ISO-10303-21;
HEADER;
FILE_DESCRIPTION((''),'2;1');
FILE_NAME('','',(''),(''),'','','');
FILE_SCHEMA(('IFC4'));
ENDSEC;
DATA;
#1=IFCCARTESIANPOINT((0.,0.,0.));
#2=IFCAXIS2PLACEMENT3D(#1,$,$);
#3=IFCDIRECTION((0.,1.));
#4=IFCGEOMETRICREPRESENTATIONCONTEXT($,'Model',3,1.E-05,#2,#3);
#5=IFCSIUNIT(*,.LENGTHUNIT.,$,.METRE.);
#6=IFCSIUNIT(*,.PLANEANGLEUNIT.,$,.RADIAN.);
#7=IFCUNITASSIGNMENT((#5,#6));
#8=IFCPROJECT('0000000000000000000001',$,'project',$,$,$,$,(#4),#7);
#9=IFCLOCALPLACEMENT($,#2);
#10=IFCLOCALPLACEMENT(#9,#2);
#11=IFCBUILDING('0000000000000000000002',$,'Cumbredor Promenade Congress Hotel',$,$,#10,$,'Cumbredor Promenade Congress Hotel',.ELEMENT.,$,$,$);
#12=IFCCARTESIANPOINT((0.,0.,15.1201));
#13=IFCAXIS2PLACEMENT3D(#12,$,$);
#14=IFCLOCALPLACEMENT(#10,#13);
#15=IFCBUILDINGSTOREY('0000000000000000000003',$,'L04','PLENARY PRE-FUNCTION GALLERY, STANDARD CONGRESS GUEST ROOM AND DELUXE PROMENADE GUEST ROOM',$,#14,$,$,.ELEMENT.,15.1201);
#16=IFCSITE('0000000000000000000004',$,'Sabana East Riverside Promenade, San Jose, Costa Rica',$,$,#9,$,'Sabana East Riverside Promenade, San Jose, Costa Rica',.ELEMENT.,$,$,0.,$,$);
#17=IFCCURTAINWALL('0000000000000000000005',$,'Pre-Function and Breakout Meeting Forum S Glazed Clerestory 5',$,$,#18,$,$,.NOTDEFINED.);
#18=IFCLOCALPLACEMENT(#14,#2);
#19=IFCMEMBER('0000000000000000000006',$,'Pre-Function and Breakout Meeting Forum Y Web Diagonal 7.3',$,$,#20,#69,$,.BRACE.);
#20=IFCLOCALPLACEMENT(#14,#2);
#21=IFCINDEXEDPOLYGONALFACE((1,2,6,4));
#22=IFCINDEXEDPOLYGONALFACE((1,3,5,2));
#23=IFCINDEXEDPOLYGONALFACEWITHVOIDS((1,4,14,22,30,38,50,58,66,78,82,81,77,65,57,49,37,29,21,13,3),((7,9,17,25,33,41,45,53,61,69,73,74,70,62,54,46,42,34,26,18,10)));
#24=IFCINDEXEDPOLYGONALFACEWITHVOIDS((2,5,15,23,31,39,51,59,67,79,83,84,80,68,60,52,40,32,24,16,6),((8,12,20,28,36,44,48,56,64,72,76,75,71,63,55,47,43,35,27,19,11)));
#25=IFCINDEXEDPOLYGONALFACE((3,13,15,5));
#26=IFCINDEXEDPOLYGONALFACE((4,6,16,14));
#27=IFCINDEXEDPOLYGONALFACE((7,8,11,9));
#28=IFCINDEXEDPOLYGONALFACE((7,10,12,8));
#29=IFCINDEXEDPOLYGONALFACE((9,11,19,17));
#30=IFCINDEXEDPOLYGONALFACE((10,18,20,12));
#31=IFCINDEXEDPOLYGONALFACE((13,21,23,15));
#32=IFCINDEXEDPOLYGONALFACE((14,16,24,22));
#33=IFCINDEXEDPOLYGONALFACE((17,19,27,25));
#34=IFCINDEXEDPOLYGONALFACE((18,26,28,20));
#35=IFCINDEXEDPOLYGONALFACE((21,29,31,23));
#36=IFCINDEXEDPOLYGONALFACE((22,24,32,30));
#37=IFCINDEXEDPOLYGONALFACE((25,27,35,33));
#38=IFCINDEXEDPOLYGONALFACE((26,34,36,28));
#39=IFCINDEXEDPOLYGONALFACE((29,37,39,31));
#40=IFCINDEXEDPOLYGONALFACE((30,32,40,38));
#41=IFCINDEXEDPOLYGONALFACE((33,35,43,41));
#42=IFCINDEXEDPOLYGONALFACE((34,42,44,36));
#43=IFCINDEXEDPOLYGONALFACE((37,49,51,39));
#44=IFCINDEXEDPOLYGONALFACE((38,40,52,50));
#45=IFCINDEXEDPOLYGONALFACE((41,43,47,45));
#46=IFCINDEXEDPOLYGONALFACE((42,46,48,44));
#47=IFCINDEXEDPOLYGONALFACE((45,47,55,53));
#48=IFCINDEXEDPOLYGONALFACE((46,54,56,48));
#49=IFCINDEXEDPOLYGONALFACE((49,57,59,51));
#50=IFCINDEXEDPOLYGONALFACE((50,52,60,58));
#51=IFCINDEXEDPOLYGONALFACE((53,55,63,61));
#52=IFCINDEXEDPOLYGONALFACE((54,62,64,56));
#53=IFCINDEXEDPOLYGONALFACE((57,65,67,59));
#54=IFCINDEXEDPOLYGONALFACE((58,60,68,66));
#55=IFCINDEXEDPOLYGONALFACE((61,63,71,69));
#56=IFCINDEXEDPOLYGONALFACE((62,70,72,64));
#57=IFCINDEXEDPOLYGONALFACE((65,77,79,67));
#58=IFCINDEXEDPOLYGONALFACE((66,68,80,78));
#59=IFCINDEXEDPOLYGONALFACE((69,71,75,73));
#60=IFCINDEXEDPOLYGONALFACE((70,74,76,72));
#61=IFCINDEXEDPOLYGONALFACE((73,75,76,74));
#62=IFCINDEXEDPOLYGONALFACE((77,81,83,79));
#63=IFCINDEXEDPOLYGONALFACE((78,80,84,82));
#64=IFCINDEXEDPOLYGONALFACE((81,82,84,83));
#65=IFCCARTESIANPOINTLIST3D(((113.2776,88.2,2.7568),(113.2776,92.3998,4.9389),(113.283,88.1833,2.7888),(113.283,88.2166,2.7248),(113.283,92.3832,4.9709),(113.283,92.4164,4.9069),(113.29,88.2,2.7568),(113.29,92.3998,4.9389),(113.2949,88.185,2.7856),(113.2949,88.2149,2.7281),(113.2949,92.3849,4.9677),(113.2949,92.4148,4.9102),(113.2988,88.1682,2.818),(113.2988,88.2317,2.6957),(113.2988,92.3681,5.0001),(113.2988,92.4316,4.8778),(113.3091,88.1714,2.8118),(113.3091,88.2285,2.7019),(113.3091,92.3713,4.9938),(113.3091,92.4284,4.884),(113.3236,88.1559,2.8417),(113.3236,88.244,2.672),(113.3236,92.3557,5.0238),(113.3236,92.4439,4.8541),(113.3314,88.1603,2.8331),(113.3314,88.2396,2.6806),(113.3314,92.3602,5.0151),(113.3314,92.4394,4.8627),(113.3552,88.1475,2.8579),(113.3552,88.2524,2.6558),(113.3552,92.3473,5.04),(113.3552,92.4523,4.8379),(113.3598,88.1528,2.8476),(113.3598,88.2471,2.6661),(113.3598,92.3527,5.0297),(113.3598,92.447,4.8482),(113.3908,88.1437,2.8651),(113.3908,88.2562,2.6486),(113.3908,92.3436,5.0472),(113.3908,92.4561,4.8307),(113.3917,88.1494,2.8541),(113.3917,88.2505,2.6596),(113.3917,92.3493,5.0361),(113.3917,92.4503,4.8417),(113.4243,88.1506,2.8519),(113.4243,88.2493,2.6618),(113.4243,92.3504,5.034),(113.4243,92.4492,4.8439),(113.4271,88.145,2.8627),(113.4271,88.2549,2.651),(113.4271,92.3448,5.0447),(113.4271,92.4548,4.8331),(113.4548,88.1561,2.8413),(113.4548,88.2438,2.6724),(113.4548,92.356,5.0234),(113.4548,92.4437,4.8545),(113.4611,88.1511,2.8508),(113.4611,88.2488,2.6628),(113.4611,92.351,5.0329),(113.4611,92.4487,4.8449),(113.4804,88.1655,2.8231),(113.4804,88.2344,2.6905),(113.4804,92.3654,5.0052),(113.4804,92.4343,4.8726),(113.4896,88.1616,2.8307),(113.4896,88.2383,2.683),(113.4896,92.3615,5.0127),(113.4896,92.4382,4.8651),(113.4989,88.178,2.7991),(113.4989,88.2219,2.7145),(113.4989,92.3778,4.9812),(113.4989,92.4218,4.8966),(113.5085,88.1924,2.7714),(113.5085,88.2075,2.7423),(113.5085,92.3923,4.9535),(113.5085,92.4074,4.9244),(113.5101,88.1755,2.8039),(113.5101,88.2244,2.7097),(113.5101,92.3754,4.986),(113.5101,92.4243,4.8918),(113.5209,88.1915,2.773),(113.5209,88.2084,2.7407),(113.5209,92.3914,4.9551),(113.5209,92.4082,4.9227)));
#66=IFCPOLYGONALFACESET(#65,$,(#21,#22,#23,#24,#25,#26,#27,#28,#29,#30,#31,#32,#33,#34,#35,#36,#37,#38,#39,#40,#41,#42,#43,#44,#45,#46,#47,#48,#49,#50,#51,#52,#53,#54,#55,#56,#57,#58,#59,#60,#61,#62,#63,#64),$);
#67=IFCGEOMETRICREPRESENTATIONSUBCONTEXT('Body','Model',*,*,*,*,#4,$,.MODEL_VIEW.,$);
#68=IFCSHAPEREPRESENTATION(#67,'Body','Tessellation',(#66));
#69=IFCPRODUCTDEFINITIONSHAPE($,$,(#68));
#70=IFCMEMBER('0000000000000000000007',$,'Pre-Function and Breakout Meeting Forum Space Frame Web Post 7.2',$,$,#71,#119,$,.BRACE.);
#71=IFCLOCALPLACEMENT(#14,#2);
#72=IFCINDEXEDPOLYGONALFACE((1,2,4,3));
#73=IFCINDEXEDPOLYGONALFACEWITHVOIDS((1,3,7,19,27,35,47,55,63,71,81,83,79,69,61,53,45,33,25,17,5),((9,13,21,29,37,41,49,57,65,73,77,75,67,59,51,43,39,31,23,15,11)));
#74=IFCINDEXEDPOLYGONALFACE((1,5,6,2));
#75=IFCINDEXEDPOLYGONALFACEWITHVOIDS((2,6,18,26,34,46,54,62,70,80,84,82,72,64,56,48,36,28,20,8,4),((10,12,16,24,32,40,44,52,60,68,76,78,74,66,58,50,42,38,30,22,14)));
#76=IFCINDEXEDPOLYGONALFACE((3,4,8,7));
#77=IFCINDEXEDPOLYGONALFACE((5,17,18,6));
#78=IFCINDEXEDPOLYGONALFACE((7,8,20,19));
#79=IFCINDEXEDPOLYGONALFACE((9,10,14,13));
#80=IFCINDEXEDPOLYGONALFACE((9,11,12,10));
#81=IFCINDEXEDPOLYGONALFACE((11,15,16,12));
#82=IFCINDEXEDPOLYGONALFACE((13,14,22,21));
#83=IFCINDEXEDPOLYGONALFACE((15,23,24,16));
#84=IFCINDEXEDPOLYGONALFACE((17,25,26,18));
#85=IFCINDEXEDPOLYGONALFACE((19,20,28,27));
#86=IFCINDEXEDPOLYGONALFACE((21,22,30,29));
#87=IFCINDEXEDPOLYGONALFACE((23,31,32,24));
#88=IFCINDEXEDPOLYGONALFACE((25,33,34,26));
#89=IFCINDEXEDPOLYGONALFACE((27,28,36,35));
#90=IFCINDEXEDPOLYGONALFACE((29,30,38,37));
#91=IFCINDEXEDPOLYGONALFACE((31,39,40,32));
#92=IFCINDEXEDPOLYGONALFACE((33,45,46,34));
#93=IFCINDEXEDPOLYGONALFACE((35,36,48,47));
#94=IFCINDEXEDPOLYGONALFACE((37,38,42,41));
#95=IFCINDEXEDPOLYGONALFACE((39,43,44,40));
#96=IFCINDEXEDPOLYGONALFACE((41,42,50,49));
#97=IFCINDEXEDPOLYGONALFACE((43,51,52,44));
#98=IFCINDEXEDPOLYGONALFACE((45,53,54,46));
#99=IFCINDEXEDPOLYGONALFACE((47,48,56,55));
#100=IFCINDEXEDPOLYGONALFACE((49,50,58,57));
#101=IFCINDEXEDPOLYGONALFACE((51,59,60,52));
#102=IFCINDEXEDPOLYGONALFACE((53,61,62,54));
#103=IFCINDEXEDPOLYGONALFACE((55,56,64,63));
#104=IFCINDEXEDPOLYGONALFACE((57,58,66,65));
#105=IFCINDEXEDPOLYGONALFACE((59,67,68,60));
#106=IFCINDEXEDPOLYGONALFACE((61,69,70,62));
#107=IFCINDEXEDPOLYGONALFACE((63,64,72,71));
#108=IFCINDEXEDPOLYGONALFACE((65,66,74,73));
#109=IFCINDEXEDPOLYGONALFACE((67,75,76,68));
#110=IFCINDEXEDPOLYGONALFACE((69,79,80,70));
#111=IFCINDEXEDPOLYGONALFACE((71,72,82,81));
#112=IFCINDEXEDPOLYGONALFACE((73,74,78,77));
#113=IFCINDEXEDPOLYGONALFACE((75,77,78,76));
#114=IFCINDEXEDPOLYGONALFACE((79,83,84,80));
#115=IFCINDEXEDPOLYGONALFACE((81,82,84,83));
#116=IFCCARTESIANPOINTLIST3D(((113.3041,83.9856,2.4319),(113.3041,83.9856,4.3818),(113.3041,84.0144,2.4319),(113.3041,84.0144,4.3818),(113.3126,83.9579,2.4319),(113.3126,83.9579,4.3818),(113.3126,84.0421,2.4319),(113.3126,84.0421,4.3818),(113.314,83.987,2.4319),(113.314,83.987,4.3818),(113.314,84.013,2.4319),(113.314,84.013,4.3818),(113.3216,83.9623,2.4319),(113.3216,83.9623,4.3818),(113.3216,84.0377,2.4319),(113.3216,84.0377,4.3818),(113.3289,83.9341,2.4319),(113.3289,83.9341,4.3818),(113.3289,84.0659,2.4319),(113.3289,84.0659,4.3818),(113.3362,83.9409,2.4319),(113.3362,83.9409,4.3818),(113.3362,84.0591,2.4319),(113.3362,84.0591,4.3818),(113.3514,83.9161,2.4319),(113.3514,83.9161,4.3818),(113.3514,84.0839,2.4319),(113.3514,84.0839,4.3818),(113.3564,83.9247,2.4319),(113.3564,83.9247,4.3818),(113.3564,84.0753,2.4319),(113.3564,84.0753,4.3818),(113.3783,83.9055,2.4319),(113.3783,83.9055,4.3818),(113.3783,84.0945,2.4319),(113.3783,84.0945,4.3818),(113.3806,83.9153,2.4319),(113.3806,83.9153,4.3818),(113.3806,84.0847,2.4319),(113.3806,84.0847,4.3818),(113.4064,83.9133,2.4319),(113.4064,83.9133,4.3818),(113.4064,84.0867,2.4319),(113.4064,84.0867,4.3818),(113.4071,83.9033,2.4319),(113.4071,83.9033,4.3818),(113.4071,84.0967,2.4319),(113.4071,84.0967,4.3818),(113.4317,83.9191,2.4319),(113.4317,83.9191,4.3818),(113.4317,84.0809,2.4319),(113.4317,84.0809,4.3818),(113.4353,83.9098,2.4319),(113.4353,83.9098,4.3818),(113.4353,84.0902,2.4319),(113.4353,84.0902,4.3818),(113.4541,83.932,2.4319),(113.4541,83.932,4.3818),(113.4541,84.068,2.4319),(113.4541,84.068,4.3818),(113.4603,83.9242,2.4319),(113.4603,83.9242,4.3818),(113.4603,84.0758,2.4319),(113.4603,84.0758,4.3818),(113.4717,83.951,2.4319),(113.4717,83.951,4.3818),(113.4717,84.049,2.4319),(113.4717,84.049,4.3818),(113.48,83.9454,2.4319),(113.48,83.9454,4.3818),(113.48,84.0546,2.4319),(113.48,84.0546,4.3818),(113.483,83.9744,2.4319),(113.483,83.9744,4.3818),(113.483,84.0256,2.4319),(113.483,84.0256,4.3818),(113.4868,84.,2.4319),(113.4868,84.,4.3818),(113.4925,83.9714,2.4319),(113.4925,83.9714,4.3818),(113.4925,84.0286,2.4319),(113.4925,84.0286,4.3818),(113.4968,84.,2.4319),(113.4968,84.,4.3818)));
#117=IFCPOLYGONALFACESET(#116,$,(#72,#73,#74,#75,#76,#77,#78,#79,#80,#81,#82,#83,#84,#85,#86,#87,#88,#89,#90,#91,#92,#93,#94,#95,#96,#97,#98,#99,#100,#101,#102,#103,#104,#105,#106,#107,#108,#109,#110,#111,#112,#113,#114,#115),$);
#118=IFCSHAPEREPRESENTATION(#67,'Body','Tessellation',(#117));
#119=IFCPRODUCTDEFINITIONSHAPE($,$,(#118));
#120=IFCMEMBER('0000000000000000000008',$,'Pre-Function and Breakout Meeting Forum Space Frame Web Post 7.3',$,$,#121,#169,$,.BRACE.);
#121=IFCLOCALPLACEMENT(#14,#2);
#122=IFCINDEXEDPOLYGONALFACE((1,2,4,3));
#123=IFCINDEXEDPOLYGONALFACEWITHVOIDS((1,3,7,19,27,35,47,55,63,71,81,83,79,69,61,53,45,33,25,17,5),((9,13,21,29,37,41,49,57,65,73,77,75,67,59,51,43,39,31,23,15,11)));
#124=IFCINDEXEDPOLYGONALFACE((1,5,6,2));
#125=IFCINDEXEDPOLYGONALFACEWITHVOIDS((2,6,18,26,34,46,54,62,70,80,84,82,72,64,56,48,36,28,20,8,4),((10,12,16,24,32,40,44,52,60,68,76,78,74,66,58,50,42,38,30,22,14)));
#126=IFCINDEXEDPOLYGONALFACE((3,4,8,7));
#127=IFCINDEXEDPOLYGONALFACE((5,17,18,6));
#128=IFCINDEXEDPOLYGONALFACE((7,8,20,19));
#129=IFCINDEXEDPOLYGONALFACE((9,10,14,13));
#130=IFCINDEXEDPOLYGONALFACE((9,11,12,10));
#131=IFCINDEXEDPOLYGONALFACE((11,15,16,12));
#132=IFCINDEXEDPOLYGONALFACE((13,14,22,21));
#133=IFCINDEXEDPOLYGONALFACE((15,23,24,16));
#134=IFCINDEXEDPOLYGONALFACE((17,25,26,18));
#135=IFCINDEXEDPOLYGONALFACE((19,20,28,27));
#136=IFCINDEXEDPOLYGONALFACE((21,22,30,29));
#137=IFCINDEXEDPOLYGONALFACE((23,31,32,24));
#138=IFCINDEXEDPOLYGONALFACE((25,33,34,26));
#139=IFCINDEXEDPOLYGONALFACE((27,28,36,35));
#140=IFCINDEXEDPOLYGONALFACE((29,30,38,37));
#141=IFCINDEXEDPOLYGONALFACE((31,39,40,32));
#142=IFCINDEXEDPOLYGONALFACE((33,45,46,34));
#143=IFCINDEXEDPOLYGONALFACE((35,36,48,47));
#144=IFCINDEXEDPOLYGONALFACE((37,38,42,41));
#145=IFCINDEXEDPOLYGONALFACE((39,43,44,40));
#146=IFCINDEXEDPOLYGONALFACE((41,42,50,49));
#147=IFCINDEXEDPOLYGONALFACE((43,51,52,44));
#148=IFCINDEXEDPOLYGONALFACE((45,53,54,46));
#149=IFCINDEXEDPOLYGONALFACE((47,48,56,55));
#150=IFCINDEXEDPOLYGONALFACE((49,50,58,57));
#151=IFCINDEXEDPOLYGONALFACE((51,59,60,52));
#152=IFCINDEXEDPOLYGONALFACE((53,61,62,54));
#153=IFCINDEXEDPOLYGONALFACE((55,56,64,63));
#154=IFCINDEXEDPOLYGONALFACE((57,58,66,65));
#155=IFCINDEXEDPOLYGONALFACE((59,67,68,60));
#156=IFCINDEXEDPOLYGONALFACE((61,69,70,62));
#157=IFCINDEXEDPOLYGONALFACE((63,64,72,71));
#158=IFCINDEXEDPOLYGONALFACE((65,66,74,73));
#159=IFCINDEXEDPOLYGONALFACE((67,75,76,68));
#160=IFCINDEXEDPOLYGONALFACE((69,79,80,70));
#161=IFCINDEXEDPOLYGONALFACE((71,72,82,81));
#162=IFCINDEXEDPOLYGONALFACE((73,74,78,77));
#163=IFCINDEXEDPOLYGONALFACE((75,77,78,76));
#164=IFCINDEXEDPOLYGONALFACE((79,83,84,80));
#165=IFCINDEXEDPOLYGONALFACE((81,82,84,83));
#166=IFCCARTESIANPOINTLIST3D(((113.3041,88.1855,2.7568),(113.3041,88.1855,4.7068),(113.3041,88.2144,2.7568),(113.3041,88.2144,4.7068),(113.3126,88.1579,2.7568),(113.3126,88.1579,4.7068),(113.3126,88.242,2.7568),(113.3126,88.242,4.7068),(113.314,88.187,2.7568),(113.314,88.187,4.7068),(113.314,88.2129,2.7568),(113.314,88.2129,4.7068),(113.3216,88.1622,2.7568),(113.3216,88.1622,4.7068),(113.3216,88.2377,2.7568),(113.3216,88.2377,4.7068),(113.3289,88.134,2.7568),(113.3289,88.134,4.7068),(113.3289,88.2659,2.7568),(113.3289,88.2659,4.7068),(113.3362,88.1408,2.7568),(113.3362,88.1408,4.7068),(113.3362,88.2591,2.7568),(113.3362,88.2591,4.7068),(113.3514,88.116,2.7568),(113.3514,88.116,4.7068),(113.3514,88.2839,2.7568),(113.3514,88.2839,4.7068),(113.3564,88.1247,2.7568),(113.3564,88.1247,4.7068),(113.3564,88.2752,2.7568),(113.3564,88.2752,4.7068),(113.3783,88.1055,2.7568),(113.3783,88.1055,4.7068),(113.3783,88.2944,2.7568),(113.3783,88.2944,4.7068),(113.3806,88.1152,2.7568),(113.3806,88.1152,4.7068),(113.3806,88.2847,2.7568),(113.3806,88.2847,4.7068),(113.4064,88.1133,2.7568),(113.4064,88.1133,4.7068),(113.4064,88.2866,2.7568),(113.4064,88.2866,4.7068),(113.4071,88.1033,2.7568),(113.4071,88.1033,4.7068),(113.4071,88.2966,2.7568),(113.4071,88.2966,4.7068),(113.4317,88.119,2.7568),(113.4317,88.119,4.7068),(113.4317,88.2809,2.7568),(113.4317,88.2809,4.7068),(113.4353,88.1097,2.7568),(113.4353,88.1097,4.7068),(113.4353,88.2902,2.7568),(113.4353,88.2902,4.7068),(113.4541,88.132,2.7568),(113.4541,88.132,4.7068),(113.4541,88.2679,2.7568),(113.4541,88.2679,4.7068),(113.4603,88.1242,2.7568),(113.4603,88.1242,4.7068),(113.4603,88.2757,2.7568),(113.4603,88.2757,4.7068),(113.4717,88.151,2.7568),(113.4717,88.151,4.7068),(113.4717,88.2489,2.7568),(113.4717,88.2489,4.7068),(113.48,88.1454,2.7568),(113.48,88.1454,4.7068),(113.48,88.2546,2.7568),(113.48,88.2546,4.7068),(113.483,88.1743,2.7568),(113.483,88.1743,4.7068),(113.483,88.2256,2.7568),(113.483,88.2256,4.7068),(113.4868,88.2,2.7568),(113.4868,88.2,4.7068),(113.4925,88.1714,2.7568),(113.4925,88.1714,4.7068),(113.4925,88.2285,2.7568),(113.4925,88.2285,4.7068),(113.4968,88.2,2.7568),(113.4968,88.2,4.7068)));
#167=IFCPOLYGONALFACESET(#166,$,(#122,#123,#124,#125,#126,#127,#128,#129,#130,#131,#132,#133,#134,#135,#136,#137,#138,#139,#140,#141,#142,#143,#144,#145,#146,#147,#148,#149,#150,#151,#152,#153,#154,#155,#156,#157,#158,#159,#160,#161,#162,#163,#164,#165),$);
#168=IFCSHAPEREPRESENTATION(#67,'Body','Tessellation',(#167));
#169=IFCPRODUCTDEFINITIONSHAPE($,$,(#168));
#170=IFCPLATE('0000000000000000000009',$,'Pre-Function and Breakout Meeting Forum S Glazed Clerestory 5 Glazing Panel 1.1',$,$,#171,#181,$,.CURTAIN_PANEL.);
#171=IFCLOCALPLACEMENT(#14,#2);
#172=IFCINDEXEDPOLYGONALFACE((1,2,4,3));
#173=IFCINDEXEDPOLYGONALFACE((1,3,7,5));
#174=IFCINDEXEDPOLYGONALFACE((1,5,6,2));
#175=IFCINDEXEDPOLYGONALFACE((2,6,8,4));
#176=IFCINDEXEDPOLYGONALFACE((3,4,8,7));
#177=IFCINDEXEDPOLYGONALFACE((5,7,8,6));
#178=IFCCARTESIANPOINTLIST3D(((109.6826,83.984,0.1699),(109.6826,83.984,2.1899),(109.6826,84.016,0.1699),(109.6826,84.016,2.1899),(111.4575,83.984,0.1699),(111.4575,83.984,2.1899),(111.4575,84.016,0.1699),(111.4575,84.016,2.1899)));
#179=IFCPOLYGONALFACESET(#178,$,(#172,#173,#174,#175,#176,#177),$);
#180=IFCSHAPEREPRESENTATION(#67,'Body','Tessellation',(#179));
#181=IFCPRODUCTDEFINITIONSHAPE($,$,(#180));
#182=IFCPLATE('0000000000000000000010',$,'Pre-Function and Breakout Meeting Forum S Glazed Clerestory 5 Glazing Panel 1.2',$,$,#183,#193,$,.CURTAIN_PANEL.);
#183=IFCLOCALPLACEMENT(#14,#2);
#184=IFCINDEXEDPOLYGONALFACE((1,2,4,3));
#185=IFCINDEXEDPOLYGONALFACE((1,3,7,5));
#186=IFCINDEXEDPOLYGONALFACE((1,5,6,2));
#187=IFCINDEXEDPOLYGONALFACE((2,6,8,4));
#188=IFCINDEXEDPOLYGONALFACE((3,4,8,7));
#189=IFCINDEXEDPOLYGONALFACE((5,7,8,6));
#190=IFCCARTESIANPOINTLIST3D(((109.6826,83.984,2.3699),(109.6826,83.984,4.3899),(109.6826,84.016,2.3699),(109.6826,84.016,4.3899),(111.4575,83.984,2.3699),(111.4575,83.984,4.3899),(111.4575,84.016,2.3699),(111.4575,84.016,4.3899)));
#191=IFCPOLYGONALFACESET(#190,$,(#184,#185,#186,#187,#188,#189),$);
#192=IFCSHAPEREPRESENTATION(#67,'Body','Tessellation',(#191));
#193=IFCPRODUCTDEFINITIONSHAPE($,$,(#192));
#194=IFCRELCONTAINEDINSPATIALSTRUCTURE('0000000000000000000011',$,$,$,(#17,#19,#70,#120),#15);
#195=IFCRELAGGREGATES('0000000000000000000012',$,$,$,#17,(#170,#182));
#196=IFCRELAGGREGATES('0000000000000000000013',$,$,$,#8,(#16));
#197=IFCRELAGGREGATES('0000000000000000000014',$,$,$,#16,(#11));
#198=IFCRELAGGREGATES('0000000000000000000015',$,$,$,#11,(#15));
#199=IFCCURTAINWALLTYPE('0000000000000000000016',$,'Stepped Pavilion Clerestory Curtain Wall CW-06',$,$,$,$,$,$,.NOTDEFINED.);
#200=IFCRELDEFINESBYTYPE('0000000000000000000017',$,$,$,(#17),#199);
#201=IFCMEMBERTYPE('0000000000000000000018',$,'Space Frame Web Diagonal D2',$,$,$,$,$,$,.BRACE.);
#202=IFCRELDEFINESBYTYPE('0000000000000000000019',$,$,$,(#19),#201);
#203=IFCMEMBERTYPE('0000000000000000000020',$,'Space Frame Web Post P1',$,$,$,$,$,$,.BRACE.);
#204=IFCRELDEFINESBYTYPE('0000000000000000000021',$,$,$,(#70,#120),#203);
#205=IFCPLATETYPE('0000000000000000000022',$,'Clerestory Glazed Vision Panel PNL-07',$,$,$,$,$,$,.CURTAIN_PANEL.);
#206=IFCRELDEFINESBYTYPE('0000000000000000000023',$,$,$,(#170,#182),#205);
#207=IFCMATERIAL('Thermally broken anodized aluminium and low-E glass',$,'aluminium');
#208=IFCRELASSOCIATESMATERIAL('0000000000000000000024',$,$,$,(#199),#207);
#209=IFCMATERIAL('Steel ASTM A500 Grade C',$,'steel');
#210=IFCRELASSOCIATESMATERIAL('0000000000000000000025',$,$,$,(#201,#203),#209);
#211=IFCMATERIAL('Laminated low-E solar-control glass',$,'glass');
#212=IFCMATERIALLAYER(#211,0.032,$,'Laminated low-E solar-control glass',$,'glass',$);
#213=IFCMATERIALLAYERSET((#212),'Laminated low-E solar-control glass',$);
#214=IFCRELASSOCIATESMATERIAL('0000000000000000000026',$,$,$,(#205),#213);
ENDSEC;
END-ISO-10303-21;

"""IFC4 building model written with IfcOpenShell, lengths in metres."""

from ifc_helpers import new_model, si_unit, direction, frame, origin, origin_2d, place, context, subcontext, project, spatial, rectangle, hollow_circle, extrude, material, layer, layer_set, material_profile, profile_set, type_object, element, aggregate, save


model = new_model("IFC4")

# Units and contexts
model_context = context("Model", 3, precision=1e-05, world=origin(), true_north=direction((0.0, 1.0)))
body_context = subcontext(model_context, "Body", "Model", "MODEL_VIEW")
ifc_project = project(units=[si_unit("LENGTHUNIT", "METRE"), si_unit("PLANEANGLEUNIT", "RADIAN")], contexts=[model_context])

# Site, building, storey
site_placement = place(None, origin())
site = spatial("IfcSite", under=ifc_project, at=site_placement, Name="Sabana East Riverside Promenade, San Jose, Costa Rica", LongName="Sabana East Riverside Promenade, San Jose, Costa Rica", CompositionType="ELEMENT", RefElevation=0.0)
building_placement = place(site_placement, origin())
building = spatial("IfcBuilding", under=site, at=building_placement, Name="Cumbredor Promenade Congress Hotel", LongName="Cumbredor Promenade Congress Hotel", CompositionType="ELEMENT")
storey_placement = place(building_placement, frame((0.0, 0.0, 15.1201)))
storey = spatial("IfcBuildingStorey", under=building, at=storey_placement, Name="L04", Description="PLENARY PRE-FUNCTION GALLERY, STANDARD CONGRESS GUEST ROOM AND DELUXE PROMENADE GUEST ROOM", CompositionType="ELEMENT", Elevation=15.1201)

# Curtain wall
ifc_material_1 = material(Name="Thermally broken anodized aluminium and low-E glass", Category="aluminium")
curtain_wall_type = type_object("IfcCurtainWallType", Name="Stepped Pavilion Clerestory Curtain Wall CW-06", PredefinedType="NOTDEFINED", material=ifc_material_1)
curtain_wall_1_placement = place(storey_placement, origin())
curtain_wall_1 = element("IfcCurtainWall", 1, at=curtain_wall_1_placement, inside=storey, type_object=curtain_wall_type, Name="Pre-Function and Breakout Meeting Forum S Glazed Clerestory 5", PredefinedType="NOTDEFINED")

# Members
ifc_material_2 = material(Name="Steel ASTM A500 Grade C", Category="steel")
ifc_material_profile_1 = material_profile(ifc_material_2, hollow_circle(Radius=0.1223, WallThickness=0.0125, at=origin_2d()), Name="CHS 244.5x12.5")
ifc_profile_set_1 = profile_set([ifc_material_profile_1], Name="Steel ASTM A500 Grade C")
member_type_1 = type_object("IfcMemberType", Name="Space Frame Web Diagonal D2", PredefinedType="BRACE", material=ifc_profile_set_1)
member_1_placement = place(storey_placement, frame((113.3999, 88.2, 2.7568), z_axis=(0.0, 0.887376, 0.461046), x_axis=(-1.0, 0.0, 0.0)))
element("IfcMember", 2, at=member_1_placement, inside=storey, type_object=member_type_1, Name="Pre-Function and Breakout Meeting Forum Y Web Diagonal 7.3", PredefinedType="BRACE", context=body_context, shape_type="SweptSolid", body=[
    extrude(hollow_circle(Radius=0.1223, WallThickness=0.0125, at=origin_2d()), origin(), (0.0, 0.0, 1.0), 4.7329),
])
ifc_material_profile_2 = material_profile(ifc_material_2, hollow_circle(Radius=0.0969, WallThickness=0.01, at=origin_2d()), Name="CHS 193.7x10")
ifc_profile_set_2 = profile_set([ifc_material_profile_2], Name="Steel ASTM A500 Grade C")
member_type_2 = type_object("IfcMemberType", Name="Space Frame Web Post P1", PredefinedType="BRACE", material=ifc_profile_set_2)
for number, where, z_axis, x_axis, name in (
    (3, (113.3999, 84.0, 2.4319), (0.0, 0.0, 1.0), (1.0, 0.0, 0.0), "Pre-Function and Breakout Meeting Forum Space Frame Web Post 7.2"),
    (4, (113.3999, 88.2, 2.7568), (0.0, 0.0, 1.0), (1.0, 0.0, 0.0), "Pre-Function and Breakout Meeting Forum Space Frame Web Post 7.3"),
):
    element("IfcMember", number, at=place(storey_placement, frame(where, z_axis=z_axis, x_axis=x_axis)), inside=storey, type_object=member_type_2, Name=name, PredefinedType="BRACE", context=body_context, shape_type="SweptSolid", body=[
        extrude(hollow_circle(Radius=0.0969, WallThickness=0.01, at=origin_2d()), origin(), (0.0, 0.0, 1.0), 1.95),
    ])

# Plates
ifc_material_3 = material(Name="Laminated low-E solar-control glass", Category="glass")
ifc_layer_1 = layer(ifc_material_3, 0.032, Name="Laminated low-E solar-control glass", Category="glass")
ifc_layer_set_1 = layer_set([ifc_layer_1], Name="Laminated low-E solar-control glass")
plate_type_1 = type_object("IfcPlateType", Name="Clerestory Glazed Vision Panel PNL-07", PredefinedType="CURTAIN_PANEL", material=ifc_layer_set_1)
plate_1_placement = place(storey_placement, frame((110.5701, 84.0, 0.1699), z_axis=(0.0, 0.0, 1.0), x_axis=(1.0, 0.0, 0.0)))
plate_1 = element("IfcPlate", 5, at=plate_1_placement, type_object=plate_type_1, Name="Pre-Function and Breakout Meeting Forum S Glazed Clerestory 5 Glazing Panel 1.1", PredefinedType="CURTAIN_PANEL", context=body_context, shape_type="SweptSolid", body=[
    extrude(rectangle(XDim=1.7749, YDim=0.032, at=origin_2d()), origin(), (0.0, 0.0, 1.0), 2.02),
])
plate_2_placement = place(storey_placement, frame((110.5701, 84.0, 2.3699), z_axis=(0.0, 0.0, 1.0), x_axis=(1.0, 0.0, 0.0)))
plate_2 = element("IfcPlate", 6, at=plate_2_placement, type_object=plate_type_1, Name="Pre-Function and Breakout Meeting Forum S Glazed Clerestory 5 Glazing Panel 1.2", PredefinedType="CURTAIN_PANEL", context=body_context, shape_type="SweptSolid", body=[
    extrude(rectangle(XDim=1.7749, YDim=0.032, at=origin_2d()), origin(), (0.0, 0.0, 1.0), 2.02),
])
aggregate(curtain_wall_1, [plate_1, plate_2])

save(model, "model.ifc")
